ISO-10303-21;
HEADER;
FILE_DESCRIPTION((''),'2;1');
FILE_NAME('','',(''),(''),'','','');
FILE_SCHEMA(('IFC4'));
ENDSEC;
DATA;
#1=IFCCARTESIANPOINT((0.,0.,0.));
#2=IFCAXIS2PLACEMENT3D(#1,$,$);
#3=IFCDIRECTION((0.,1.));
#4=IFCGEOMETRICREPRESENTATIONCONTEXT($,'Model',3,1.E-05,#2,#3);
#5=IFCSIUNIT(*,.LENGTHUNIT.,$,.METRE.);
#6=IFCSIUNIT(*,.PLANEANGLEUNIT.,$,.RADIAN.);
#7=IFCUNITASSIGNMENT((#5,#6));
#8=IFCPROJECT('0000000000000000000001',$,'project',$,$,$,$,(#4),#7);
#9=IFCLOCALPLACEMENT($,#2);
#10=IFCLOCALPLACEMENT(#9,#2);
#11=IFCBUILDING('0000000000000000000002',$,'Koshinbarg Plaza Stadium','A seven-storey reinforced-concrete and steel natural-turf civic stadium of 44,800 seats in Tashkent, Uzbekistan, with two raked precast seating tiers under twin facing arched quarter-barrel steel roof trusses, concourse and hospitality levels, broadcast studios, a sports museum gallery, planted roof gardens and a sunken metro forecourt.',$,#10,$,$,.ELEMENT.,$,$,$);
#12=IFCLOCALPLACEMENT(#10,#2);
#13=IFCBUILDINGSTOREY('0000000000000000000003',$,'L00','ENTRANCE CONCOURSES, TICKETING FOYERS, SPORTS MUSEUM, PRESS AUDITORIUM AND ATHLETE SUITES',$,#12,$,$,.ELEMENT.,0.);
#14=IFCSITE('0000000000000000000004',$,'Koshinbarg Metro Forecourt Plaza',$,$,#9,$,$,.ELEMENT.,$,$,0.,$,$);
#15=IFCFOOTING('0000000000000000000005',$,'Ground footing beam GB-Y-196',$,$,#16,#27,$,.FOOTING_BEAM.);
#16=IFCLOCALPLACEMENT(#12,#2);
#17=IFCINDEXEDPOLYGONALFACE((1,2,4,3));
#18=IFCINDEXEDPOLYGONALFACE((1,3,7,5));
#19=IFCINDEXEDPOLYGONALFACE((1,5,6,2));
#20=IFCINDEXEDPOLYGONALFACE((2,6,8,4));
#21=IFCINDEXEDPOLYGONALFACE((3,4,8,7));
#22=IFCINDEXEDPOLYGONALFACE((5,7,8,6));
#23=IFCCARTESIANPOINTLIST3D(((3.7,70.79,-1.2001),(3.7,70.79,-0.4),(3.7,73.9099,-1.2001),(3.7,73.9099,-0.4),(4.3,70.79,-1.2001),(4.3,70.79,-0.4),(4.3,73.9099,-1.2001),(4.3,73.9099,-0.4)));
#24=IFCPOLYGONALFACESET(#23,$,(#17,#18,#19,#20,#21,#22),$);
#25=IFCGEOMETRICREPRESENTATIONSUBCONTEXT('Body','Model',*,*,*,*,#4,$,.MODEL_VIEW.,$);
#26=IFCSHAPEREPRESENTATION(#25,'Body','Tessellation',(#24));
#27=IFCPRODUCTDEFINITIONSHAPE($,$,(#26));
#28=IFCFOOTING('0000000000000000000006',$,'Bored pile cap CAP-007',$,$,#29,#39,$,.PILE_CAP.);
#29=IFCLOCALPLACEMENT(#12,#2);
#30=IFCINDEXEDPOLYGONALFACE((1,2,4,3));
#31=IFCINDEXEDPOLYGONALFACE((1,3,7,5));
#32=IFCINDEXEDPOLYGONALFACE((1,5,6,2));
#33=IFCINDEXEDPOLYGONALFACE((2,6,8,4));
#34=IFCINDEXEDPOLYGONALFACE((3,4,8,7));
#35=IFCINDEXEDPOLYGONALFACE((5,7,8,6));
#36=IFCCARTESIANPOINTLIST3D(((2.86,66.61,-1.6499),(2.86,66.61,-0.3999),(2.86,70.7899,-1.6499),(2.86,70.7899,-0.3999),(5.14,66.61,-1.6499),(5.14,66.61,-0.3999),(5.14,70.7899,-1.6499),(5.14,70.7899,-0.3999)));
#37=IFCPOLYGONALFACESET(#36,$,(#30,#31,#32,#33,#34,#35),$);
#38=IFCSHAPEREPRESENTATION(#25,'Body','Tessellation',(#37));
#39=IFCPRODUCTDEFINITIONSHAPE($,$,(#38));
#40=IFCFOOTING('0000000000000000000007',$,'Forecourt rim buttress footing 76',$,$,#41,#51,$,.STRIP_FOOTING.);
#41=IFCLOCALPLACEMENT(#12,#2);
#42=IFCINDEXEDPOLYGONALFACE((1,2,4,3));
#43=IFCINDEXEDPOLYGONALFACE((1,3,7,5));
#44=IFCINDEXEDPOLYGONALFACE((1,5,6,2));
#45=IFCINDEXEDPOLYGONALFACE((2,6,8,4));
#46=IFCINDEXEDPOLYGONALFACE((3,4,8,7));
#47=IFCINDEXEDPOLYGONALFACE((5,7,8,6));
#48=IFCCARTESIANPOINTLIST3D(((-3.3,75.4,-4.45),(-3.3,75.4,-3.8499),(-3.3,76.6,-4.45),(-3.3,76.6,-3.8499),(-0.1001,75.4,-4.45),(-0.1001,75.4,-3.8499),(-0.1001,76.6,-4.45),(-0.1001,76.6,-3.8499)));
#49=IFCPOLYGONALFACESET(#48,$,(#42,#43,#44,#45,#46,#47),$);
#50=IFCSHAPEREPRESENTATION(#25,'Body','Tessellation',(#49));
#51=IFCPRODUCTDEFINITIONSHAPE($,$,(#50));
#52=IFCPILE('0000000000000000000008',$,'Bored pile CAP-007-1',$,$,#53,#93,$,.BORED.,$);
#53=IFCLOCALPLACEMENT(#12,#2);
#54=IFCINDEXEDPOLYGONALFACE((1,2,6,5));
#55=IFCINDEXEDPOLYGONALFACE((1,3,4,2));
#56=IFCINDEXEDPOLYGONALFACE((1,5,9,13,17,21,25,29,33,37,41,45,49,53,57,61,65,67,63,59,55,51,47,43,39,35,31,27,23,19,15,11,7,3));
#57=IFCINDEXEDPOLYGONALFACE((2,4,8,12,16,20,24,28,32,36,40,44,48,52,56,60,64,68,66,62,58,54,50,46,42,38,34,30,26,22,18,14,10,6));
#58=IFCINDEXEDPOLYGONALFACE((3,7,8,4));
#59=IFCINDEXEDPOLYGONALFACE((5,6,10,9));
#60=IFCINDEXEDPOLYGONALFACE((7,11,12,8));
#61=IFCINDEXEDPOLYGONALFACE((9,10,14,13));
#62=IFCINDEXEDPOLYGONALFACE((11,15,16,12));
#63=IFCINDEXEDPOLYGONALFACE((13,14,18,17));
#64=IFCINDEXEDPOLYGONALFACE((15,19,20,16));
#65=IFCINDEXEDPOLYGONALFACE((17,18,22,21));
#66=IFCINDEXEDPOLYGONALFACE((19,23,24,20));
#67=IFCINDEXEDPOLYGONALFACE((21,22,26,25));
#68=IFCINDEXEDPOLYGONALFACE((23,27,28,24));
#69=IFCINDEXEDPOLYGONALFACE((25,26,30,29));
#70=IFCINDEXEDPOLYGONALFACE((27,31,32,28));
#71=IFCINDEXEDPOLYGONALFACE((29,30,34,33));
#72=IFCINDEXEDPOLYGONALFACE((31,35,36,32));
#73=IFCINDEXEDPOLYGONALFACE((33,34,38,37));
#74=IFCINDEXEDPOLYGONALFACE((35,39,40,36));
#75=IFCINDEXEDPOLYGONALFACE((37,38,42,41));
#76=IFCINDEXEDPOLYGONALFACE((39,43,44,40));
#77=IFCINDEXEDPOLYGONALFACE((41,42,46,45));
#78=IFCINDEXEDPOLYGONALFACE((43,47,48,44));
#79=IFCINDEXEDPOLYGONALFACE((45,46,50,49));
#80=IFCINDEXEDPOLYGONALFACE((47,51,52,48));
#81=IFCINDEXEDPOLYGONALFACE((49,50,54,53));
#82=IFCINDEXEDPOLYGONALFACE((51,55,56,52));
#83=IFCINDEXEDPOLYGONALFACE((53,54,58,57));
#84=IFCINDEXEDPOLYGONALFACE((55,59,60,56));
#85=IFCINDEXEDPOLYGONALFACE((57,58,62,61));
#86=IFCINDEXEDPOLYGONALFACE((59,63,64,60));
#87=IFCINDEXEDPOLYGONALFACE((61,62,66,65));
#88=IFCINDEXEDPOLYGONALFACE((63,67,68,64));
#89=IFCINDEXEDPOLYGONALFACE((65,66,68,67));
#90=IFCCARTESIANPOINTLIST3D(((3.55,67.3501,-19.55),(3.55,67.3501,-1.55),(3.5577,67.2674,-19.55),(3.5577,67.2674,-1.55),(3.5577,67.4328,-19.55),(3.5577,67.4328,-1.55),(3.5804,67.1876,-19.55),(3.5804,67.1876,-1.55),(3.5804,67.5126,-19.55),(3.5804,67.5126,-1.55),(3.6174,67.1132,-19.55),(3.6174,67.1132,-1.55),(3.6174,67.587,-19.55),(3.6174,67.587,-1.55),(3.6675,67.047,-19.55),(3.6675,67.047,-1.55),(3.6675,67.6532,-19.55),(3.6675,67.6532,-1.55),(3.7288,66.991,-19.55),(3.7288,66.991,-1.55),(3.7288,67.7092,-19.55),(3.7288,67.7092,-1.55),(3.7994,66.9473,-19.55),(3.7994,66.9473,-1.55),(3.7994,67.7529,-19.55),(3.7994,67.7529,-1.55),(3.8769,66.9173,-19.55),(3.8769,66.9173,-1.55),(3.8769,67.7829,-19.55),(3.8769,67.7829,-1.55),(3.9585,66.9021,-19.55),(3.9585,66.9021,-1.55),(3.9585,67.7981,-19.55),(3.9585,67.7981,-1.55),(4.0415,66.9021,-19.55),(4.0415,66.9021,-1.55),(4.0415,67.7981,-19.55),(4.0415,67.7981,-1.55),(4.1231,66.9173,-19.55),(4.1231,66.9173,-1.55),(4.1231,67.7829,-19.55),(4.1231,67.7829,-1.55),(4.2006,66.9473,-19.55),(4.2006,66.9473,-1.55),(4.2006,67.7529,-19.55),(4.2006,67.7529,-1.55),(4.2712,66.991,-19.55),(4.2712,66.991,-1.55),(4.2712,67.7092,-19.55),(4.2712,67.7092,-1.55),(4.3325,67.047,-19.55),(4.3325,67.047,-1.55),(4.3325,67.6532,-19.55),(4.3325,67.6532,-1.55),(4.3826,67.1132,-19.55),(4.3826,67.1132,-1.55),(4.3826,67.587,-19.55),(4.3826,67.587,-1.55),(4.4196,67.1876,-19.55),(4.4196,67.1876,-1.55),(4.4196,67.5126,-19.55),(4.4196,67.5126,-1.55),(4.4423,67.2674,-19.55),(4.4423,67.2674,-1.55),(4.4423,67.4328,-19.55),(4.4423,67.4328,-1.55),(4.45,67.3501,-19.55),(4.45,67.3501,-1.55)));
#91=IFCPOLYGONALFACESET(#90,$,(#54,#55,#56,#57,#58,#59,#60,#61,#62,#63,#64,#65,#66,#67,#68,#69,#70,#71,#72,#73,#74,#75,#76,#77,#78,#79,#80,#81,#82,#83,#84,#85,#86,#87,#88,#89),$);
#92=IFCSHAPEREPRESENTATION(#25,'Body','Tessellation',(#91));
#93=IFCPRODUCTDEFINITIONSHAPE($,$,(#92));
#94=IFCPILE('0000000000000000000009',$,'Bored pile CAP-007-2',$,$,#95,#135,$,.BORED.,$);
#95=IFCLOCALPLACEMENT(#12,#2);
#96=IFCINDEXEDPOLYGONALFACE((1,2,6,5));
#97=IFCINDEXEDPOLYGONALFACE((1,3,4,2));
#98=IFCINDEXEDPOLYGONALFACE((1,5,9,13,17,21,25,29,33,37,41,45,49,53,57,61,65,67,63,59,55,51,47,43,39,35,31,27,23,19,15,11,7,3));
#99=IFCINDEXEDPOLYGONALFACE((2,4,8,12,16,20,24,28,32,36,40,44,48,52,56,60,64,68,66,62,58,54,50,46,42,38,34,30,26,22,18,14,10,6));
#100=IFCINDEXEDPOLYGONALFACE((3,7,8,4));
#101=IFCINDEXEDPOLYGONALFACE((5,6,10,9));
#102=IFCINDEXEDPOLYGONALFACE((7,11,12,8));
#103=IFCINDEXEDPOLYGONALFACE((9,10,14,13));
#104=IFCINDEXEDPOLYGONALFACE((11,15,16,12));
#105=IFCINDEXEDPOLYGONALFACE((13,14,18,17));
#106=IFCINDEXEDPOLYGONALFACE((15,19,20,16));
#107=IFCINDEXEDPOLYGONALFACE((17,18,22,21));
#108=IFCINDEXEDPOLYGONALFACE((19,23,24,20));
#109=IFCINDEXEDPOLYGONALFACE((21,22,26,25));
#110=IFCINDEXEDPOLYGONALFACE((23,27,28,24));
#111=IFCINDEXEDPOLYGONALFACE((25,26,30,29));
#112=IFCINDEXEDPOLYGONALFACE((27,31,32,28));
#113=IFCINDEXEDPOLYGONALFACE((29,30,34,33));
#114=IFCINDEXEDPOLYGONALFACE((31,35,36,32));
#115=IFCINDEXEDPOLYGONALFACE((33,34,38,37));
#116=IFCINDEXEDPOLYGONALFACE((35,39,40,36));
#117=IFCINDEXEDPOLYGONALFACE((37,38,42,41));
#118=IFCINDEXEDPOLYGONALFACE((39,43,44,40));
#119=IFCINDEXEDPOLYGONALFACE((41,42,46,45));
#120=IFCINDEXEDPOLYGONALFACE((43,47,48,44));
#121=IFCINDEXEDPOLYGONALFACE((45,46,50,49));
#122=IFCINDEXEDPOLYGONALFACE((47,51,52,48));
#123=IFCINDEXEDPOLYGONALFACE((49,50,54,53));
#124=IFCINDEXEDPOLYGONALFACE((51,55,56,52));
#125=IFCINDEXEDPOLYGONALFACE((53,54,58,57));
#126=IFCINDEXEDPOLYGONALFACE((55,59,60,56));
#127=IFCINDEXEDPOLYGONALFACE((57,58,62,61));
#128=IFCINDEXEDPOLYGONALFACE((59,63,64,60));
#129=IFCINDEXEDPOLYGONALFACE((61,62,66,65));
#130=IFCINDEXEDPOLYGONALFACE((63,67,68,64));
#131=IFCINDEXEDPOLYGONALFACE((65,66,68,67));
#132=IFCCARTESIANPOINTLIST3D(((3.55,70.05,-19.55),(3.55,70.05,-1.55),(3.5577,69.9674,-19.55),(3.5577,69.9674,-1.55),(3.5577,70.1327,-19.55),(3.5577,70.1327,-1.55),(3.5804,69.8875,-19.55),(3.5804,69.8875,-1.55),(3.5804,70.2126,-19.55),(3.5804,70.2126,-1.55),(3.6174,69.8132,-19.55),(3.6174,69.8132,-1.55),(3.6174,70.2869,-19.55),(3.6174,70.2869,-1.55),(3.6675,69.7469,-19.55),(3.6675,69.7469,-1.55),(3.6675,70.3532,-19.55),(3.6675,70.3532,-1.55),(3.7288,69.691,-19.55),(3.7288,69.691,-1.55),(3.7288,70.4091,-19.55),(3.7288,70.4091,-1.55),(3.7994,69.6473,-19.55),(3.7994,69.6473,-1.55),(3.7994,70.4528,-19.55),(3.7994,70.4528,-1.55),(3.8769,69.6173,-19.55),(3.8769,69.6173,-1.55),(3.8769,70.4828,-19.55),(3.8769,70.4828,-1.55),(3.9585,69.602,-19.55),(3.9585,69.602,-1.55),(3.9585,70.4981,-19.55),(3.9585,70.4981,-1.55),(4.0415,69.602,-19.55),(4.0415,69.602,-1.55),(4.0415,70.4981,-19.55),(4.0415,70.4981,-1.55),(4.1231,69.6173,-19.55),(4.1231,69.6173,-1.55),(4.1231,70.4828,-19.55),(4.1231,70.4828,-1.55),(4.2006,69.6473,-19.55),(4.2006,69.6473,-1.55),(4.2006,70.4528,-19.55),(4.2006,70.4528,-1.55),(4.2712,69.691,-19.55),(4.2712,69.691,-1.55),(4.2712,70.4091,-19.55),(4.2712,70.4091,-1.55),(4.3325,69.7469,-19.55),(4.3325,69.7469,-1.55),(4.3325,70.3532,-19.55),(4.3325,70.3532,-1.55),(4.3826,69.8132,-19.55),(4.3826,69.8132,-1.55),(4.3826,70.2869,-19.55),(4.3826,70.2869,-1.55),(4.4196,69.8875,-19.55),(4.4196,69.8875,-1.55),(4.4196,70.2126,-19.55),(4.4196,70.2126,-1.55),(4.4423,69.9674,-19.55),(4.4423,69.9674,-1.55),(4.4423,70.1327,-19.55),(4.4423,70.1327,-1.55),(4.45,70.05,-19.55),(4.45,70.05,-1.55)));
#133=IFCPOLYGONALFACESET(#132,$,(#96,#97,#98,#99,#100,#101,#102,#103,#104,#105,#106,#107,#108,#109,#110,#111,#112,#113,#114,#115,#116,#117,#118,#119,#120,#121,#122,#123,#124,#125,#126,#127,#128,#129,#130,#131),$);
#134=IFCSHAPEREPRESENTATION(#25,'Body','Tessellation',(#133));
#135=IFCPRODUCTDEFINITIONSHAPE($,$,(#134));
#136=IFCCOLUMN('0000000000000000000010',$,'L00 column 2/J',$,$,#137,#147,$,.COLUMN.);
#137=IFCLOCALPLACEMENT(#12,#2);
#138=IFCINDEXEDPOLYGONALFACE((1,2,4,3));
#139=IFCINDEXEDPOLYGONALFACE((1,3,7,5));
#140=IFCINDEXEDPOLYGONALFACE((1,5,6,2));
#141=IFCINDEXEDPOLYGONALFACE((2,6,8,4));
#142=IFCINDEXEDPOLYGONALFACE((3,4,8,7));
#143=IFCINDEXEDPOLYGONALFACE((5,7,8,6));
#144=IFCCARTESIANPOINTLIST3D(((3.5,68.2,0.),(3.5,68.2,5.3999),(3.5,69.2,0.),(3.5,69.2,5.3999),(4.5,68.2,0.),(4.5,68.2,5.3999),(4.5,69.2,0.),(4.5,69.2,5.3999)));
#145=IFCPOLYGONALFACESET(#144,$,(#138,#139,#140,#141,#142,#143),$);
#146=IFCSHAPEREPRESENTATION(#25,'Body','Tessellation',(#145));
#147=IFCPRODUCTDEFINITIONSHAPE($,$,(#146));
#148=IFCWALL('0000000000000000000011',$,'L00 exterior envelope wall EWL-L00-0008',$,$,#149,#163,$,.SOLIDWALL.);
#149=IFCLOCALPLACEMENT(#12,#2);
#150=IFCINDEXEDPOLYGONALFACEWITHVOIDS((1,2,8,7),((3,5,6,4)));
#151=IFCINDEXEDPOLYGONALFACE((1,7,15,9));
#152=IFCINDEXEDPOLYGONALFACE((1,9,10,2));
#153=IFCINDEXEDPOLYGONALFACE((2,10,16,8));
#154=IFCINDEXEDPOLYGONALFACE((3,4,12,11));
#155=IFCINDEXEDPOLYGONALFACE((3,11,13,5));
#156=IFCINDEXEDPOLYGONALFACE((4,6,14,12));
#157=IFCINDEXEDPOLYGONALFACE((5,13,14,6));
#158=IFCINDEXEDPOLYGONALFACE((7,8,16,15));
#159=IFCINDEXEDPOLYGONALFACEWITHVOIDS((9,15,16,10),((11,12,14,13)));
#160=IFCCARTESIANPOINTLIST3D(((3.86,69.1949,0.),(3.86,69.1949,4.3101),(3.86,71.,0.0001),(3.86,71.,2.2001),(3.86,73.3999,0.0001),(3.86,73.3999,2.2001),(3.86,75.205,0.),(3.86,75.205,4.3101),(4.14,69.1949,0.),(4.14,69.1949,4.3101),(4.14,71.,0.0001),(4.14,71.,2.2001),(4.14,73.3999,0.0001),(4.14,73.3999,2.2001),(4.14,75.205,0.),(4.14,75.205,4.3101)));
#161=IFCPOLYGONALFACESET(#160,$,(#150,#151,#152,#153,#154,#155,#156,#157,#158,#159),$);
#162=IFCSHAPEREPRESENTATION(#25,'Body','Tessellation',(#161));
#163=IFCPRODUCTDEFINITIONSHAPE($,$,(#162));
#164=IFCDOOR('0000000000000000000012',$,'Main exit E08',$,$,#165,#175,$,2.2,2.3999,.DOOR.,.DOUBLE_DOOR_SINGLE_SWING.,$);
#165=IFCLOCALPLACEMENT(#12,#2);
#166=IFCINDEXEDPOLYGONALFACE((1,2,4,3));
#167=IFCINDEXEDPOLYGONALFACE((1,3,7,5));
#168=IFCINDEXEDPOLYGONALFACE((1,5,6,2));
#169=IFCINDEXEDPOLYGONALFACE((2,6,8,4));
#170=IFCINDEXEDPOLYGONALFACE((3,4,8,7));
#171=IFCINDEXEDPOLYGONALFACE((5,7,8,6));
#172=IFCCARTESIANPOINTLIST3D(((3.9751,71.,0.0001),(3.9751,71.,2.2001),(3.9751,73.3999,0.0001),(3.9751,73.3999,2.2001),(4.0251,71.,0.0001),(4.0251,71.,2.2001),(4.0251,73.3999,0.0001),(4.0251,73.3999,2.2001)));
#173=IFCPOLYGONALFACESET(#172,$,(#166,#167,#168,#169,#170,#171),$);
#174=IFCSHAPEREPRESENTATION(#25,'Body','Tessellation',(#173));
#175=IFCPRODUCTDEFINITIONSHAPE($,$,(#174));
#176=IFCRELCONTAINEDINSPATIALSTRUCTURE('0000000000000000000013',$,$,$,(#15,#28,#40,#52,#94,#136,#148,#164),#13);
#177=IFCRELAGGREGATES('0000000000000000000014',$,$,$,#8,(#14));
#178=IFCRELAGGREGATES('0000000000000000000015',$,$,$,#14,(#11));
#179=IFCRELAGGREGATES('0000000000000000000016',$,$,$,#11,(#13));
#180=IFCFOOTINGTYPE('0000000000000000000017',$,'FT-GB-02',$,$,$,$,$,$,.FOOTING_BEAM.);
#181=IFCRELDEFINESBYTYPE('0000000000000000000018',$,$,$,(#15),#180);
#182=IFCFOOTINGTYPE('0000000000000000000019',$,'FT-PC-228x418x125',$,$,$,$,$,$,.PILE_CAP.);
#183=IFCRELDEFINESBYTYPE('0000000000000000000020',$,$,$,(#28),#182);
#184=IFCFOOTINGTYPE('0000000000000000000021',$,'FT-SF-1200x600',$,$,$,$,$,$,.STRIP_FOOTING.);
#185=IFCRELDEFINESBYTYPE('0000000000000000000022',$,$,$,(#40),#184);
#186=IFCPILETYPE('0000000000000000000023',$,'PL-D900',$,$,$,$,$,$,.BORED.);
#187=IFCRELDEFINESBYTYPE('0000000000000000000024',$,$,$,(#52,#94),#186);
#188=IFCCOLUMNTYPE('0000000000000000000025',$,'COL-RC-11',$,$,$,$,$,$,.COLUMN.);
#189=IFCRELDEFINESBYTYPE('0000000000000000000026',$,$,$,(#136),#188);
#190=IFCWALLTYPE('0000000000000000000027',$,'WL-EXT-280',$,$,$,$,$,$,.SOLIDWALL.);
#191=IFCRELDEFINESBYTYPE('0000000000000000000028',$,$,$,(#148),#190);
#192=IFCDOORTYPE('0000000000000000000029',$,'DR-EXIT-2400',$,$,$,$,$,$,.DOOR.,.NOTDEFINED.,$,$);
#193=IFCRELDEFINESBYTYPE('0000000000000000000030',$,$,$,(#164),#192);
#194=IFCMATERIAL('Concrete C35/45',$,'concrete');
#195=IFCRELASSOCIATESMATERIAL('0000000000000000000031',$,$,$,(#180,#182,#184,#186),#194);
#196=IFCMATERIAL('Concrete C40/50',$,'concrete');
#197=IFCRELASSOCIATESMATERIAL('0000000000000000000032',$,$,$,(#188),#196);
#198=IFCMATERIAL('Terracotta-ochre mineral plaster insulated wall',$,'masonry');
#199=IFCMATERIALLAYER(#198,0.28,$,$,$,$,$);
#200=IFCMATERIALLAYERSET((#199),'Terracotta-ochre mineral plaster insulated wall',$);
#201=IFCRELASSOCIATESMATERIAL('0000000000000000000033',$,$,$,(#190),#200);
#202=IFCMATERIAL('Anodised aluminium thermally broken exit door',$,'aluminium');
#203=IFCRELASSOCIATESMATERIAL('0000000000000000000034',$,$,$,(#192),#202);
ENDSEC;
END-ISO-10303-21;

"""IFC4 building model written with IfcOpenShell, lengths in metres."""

from ifc_helpers import new_model, si_unit, direction, frame, frame_2d, origin, origin_2d, place, context, subcontext, project, spatial, rectangle, circle, extrude, material, layer, layer_set, material_profile, profile_set, type_object, element, fill, save


model = new_model("IFC4")

# Units and contexts
model_context = context("Model", 3, precision=1e-05, world=origin(), true_north=direction((0.0, 1.0)))
body_context = subcontext(model_context, "Body", "Model", "MODEL_VIEW")
ifc_project = project(units=[si_unit("LENGTHUNIT", "METRE"), si_unit("PLANEANGLEUNIT", "RADIAN")], contexts=[model_context])

# Site, building, storey
site_placement = place(None, origin())
site = spatial("IfcSite", under=ifc_project, at=site_placement, Name="Koshinbarg Metro Forecourt Plaza", CompositionType="ELEMENT", RefElevation=0.0)
building_placement = place(site_placement, origin())
building = spatial("IfcBuilding", under=site, at=building_placement, Name="Koshinbarg Plaza Stadium", Description="A seven-storey reinforced-concrete and steel natural-turf civic stadium of 44,800 seats in Tashkent, Uzbekistan, with two raked precast seating tiers under twin facing arched quarter-barrel steel roof trusses, concourse and hospitality levels, broadcast studios, a sports museum gallery, planted roof gardens and a sunken metro forecourt.", CompositionType="ELEMENT")
storey_placement = place(building_placement, origin())
storey = spatial("IfcBuildingStorey", under=building, at=storey_placement, Name="L00", Description="ENTRANCE CONCOURSES, TICKETING FOYERS, SPORTS MUSEUM, PRESS AUDITORIUM AND ATHLETE SUITES", CompositionType="ELEMENT", Elevation=0.0)

# Footings
ifc_material_1 = material(Name="Concrete C35/45", Category="concrete")
ifc_material_profile_1 = material_profile(ifc_material_1, rectangle(XDim=0.6001, YDim=0.8, at=origin_2d()), Name="GB 600x800")
ifc_profile_set_1 = profile_set([ifc_material_profile_1], Name="Concrete C35/45")
footing_type_1 = type_object("IfcFootingType", Name="FT-GB-02", PredefinedType="FOOTING_BEAM", material=ifc_profile_set_1)
footing_1_placement = place(storey_placement, frame((4.0, 70.79, -0.8), z_axis=(0.0, 1.0, 0.0), x_axis=(-1.0, 0.0, 0.0)))
element("IfcFooting", 1, at=footing_1_placement, inside=storey, type_object=footing_type_1, Name="Ground footing beam GB-Y-196", PredefinedType="FOOTING_BEAM", context=body_context, shape_type="SweptSolid", body=[
    extrude(rectangle(XDim=0.6001, YDim=0.8, at=origin_2d()), origin(), (0.0, 0.0, 1.0), 3.1199),
])
footing_type_2 = type_object("IfcFootingType", Name="FT-PC-228x418x125", PredefinedType="PILE_CAP", material=ifc_material_1)
footing_2_placement = place(storey_placement, frame((4.0, 68.7, -1.6499), z_axis=(0.0, 0.0, 1.0), x_axis=(1.0, 0.0, 0.0)))
element("IfcFooting", 2, at=footing_2_placement, inside=storey, type_object=footing_type_2, Name="Bored pile cap CAP-007", PredefinedType="PILE_CAP", context=body_context, shape_type="SweptSolid", body=[
    extrude(rectangle(XDim=2.28, YDim=4.1799, at=origin_2d()), origin(), (0.0, 0.0, 1.0), 1.25),
])
ifc_material_profile_2 = material_profile(ifc_material_1, rectangle(XDim=1.2, YDim=0.6001, at=origin_2d()), Name="SF 1200x600")
ifc_profile_set_2 = profile_set([ifc_material_profile_2], Name="Concrete C35/45")
footing_type_3 = type_object("IfcFootingType", Name="FT-SF-1200x600", PredefinedType="STRIP_FOOTING", material=ifc_profile_set_2)
footing_3_placement = place(storey_placement, frame((-3.3, 76.0, -4.1499), z_axis=(1.0, 0.0, 0.0), x_axis=(0.0, 1.0, 0.0)))
element("IfcFooting", 3, at=footing_3_placement, inside=storey, type_object=footing_type_3, Name="Forecourt rim buttress footing 76", PredefinedType="STRIP_FOOTING", context=body_context, shape_type="SweptSolid", body=[
    extrude(rectangle(XDim=1.2, YDim=0.6001, at=origin_2d()), origin(), (0.0, 0.0, 1.0), 3.2),
])

# Piles
ifc_material_profile_3 = material_profile(ifc_material_1, circle(Radius=0.45, at=origin_2d()), Name="PILE D900")
ifc_profile_set_3 = profile_set([ifc_material_profile_3], Name="Concrete C35/45")
pile_type = type_object("IfcPileType", Name="PL-D900", PredefinedType="BORED", material=ifc_profile_set_3)
for number, where, z_axis, x_axis, name in (
    (4, (4.0, 67.3501, -1.55), (0.0, 0.0, -1.0), (1.0, 0.0, 0.0), "Bored pile CAP-007-1"),
    (5, (4.0, 70.05, -1.55), (0.0, 0.0, -1.0), (1.0, 0.0, 0.0), "Bored pile CAP-007-2"),
):
    element("IfcPile", number, at=place(storey_placement, frame(where, z_axis=z_axis, x_axis=x_axis)), inside=storey, type_object=pile_type, Name=name, PredefinedType="BORED", context=body_context, shape_type="SweptSolid", body=[
        extrude(circle(Radius=0.45, at=origin_2d()), origin(), (0.0, 0.0, 1.0), 18.0),
    ])

# Column
ifc_material_2 = material(Name="Concrete C40/50", Category="concrete")
ifc_material_profile_4 = material_profile(ifc_material_2, rectangle(XDim=1.0, YDim=1.0, at=origin_2d()), Name="RC 1000x1000")
ifc_profile_set_4 = profile_set([ifc_material_profile_4], Name="Concrete C40/50")
column_type = type_object("IfcColumnType", Name="COL-RC-11", PredefinedType="COLUMN", material=ifc_profile_set_4)
column_placement = place(storey_placement, frame((4.0, 68.7, 0.0), z_axis=(0.0, 0.0, 1.0), x_axis=(1.0, 0.0, 0.0)))
element("IfcColumn", 6, at=column_placement, inside=storey, type_object=column_type, Name="L00 column 2/J", PredefinedType="COLUMN", context=body_context, shape_type="SweptSolid", body=[
    extrude(rectangle(XDim=1.0, YDim=1.0, at=origin_2d()), origin(), (0.0, 0.0, 1.0), 5.3999),
])

# Wall, opening, door
ifc_material_3 = material(Name="Terracotta-ochre mineral plaster insulated wall", Category="masonry")
ifc_layer_1 = layer(ifc_material_3, 0.28)
ifc_layer_set_1 = layer_set([ifc_layer_1], Name="Terracotta-ochre mineral plaster insulated wall")
wall_type_1 = type_object("IfcWallType", Name="WL-EXT-280", PredefinedType="SOLIDWALL", material=ifc_layer_set_1)
wall_1_placement = place(storey_placement, frame((4.0, 69.1951, 0.0), z_axis=(0.0, 0.0, 1.0), x_axis=(0.0, 1.0, 0.0)))
wall_1 = element("IfcWall", 7, at=wall_1_placement, inside=storey, type_object=wall_type_1, Name="L00 exterior envelope wall EWL-L00-0008", PredefinedType="SOLIDWALL", context=body_context, shape_type="SweptSolid", body=[
    extrude(rectangle(XDim=6.01, YDim=0.28, at=frame_2d((3.0049, 0.0))), origin(), (0.0, 0.0, 1.0), 4.3101),
])
opening_1_placement = place(wall_1_placement, frame((1.8049, 0.0, 0.0)))
opening_1 = element("IfcOpeningElement", 8, at=opening_1_placement, cuts=wall_1, PredefinedType="OPENING", context=body_context, shape_type="SweptSolid", body=[
    extrude(rectangle(XDim=2.3999, YDim=2.2, at=frame_2d((1.2, 1.1001))), frame((0.0, 0.1499, 0.0), z_axis=(0.0, -1.0, 0.0), x_axis=(1.0, 0.0, 0.0)), (0.0, 0.0, 1.0), 0.3),
])
ifc_material_4 = material(Name="Anodised aluminium thermally broken exit door", Category="aluminium")
door_type = type_object("IfcDoorType", Name="DR-EXIT-2400", OperationType="NOTDEFINED", PredefinedType="DOOR", material=ifc_material_4)
door_1_placement = place(opening_1_placement, origin())
door_1 = element("IfcDoor", 9, at=door_1_placement, inside=storey, type_object=door_type, Name="Main exit E08", OperationType="DOUBLE_DOOR_SINGLE_SWING", OverallHeight=2.2, OverallWidth=2.3999, PredefinedType="DOOR", context=body_context, shape_type="SweptSolid", body=[
    extrude(rectangle(XDim=2.3999, YDim=2.2, at=frame_2d((1.2, 1.1001))), frame((0.0, 0.0249, 0.0), z_axis=(0.0, -1.0, 0.0), x_axis=(1.0, 0.0, 0.0)), (0.0, 0.0, 1.0), 0.05),
])
fill(opening_1, door_1)

save(model, "model.ifc")
